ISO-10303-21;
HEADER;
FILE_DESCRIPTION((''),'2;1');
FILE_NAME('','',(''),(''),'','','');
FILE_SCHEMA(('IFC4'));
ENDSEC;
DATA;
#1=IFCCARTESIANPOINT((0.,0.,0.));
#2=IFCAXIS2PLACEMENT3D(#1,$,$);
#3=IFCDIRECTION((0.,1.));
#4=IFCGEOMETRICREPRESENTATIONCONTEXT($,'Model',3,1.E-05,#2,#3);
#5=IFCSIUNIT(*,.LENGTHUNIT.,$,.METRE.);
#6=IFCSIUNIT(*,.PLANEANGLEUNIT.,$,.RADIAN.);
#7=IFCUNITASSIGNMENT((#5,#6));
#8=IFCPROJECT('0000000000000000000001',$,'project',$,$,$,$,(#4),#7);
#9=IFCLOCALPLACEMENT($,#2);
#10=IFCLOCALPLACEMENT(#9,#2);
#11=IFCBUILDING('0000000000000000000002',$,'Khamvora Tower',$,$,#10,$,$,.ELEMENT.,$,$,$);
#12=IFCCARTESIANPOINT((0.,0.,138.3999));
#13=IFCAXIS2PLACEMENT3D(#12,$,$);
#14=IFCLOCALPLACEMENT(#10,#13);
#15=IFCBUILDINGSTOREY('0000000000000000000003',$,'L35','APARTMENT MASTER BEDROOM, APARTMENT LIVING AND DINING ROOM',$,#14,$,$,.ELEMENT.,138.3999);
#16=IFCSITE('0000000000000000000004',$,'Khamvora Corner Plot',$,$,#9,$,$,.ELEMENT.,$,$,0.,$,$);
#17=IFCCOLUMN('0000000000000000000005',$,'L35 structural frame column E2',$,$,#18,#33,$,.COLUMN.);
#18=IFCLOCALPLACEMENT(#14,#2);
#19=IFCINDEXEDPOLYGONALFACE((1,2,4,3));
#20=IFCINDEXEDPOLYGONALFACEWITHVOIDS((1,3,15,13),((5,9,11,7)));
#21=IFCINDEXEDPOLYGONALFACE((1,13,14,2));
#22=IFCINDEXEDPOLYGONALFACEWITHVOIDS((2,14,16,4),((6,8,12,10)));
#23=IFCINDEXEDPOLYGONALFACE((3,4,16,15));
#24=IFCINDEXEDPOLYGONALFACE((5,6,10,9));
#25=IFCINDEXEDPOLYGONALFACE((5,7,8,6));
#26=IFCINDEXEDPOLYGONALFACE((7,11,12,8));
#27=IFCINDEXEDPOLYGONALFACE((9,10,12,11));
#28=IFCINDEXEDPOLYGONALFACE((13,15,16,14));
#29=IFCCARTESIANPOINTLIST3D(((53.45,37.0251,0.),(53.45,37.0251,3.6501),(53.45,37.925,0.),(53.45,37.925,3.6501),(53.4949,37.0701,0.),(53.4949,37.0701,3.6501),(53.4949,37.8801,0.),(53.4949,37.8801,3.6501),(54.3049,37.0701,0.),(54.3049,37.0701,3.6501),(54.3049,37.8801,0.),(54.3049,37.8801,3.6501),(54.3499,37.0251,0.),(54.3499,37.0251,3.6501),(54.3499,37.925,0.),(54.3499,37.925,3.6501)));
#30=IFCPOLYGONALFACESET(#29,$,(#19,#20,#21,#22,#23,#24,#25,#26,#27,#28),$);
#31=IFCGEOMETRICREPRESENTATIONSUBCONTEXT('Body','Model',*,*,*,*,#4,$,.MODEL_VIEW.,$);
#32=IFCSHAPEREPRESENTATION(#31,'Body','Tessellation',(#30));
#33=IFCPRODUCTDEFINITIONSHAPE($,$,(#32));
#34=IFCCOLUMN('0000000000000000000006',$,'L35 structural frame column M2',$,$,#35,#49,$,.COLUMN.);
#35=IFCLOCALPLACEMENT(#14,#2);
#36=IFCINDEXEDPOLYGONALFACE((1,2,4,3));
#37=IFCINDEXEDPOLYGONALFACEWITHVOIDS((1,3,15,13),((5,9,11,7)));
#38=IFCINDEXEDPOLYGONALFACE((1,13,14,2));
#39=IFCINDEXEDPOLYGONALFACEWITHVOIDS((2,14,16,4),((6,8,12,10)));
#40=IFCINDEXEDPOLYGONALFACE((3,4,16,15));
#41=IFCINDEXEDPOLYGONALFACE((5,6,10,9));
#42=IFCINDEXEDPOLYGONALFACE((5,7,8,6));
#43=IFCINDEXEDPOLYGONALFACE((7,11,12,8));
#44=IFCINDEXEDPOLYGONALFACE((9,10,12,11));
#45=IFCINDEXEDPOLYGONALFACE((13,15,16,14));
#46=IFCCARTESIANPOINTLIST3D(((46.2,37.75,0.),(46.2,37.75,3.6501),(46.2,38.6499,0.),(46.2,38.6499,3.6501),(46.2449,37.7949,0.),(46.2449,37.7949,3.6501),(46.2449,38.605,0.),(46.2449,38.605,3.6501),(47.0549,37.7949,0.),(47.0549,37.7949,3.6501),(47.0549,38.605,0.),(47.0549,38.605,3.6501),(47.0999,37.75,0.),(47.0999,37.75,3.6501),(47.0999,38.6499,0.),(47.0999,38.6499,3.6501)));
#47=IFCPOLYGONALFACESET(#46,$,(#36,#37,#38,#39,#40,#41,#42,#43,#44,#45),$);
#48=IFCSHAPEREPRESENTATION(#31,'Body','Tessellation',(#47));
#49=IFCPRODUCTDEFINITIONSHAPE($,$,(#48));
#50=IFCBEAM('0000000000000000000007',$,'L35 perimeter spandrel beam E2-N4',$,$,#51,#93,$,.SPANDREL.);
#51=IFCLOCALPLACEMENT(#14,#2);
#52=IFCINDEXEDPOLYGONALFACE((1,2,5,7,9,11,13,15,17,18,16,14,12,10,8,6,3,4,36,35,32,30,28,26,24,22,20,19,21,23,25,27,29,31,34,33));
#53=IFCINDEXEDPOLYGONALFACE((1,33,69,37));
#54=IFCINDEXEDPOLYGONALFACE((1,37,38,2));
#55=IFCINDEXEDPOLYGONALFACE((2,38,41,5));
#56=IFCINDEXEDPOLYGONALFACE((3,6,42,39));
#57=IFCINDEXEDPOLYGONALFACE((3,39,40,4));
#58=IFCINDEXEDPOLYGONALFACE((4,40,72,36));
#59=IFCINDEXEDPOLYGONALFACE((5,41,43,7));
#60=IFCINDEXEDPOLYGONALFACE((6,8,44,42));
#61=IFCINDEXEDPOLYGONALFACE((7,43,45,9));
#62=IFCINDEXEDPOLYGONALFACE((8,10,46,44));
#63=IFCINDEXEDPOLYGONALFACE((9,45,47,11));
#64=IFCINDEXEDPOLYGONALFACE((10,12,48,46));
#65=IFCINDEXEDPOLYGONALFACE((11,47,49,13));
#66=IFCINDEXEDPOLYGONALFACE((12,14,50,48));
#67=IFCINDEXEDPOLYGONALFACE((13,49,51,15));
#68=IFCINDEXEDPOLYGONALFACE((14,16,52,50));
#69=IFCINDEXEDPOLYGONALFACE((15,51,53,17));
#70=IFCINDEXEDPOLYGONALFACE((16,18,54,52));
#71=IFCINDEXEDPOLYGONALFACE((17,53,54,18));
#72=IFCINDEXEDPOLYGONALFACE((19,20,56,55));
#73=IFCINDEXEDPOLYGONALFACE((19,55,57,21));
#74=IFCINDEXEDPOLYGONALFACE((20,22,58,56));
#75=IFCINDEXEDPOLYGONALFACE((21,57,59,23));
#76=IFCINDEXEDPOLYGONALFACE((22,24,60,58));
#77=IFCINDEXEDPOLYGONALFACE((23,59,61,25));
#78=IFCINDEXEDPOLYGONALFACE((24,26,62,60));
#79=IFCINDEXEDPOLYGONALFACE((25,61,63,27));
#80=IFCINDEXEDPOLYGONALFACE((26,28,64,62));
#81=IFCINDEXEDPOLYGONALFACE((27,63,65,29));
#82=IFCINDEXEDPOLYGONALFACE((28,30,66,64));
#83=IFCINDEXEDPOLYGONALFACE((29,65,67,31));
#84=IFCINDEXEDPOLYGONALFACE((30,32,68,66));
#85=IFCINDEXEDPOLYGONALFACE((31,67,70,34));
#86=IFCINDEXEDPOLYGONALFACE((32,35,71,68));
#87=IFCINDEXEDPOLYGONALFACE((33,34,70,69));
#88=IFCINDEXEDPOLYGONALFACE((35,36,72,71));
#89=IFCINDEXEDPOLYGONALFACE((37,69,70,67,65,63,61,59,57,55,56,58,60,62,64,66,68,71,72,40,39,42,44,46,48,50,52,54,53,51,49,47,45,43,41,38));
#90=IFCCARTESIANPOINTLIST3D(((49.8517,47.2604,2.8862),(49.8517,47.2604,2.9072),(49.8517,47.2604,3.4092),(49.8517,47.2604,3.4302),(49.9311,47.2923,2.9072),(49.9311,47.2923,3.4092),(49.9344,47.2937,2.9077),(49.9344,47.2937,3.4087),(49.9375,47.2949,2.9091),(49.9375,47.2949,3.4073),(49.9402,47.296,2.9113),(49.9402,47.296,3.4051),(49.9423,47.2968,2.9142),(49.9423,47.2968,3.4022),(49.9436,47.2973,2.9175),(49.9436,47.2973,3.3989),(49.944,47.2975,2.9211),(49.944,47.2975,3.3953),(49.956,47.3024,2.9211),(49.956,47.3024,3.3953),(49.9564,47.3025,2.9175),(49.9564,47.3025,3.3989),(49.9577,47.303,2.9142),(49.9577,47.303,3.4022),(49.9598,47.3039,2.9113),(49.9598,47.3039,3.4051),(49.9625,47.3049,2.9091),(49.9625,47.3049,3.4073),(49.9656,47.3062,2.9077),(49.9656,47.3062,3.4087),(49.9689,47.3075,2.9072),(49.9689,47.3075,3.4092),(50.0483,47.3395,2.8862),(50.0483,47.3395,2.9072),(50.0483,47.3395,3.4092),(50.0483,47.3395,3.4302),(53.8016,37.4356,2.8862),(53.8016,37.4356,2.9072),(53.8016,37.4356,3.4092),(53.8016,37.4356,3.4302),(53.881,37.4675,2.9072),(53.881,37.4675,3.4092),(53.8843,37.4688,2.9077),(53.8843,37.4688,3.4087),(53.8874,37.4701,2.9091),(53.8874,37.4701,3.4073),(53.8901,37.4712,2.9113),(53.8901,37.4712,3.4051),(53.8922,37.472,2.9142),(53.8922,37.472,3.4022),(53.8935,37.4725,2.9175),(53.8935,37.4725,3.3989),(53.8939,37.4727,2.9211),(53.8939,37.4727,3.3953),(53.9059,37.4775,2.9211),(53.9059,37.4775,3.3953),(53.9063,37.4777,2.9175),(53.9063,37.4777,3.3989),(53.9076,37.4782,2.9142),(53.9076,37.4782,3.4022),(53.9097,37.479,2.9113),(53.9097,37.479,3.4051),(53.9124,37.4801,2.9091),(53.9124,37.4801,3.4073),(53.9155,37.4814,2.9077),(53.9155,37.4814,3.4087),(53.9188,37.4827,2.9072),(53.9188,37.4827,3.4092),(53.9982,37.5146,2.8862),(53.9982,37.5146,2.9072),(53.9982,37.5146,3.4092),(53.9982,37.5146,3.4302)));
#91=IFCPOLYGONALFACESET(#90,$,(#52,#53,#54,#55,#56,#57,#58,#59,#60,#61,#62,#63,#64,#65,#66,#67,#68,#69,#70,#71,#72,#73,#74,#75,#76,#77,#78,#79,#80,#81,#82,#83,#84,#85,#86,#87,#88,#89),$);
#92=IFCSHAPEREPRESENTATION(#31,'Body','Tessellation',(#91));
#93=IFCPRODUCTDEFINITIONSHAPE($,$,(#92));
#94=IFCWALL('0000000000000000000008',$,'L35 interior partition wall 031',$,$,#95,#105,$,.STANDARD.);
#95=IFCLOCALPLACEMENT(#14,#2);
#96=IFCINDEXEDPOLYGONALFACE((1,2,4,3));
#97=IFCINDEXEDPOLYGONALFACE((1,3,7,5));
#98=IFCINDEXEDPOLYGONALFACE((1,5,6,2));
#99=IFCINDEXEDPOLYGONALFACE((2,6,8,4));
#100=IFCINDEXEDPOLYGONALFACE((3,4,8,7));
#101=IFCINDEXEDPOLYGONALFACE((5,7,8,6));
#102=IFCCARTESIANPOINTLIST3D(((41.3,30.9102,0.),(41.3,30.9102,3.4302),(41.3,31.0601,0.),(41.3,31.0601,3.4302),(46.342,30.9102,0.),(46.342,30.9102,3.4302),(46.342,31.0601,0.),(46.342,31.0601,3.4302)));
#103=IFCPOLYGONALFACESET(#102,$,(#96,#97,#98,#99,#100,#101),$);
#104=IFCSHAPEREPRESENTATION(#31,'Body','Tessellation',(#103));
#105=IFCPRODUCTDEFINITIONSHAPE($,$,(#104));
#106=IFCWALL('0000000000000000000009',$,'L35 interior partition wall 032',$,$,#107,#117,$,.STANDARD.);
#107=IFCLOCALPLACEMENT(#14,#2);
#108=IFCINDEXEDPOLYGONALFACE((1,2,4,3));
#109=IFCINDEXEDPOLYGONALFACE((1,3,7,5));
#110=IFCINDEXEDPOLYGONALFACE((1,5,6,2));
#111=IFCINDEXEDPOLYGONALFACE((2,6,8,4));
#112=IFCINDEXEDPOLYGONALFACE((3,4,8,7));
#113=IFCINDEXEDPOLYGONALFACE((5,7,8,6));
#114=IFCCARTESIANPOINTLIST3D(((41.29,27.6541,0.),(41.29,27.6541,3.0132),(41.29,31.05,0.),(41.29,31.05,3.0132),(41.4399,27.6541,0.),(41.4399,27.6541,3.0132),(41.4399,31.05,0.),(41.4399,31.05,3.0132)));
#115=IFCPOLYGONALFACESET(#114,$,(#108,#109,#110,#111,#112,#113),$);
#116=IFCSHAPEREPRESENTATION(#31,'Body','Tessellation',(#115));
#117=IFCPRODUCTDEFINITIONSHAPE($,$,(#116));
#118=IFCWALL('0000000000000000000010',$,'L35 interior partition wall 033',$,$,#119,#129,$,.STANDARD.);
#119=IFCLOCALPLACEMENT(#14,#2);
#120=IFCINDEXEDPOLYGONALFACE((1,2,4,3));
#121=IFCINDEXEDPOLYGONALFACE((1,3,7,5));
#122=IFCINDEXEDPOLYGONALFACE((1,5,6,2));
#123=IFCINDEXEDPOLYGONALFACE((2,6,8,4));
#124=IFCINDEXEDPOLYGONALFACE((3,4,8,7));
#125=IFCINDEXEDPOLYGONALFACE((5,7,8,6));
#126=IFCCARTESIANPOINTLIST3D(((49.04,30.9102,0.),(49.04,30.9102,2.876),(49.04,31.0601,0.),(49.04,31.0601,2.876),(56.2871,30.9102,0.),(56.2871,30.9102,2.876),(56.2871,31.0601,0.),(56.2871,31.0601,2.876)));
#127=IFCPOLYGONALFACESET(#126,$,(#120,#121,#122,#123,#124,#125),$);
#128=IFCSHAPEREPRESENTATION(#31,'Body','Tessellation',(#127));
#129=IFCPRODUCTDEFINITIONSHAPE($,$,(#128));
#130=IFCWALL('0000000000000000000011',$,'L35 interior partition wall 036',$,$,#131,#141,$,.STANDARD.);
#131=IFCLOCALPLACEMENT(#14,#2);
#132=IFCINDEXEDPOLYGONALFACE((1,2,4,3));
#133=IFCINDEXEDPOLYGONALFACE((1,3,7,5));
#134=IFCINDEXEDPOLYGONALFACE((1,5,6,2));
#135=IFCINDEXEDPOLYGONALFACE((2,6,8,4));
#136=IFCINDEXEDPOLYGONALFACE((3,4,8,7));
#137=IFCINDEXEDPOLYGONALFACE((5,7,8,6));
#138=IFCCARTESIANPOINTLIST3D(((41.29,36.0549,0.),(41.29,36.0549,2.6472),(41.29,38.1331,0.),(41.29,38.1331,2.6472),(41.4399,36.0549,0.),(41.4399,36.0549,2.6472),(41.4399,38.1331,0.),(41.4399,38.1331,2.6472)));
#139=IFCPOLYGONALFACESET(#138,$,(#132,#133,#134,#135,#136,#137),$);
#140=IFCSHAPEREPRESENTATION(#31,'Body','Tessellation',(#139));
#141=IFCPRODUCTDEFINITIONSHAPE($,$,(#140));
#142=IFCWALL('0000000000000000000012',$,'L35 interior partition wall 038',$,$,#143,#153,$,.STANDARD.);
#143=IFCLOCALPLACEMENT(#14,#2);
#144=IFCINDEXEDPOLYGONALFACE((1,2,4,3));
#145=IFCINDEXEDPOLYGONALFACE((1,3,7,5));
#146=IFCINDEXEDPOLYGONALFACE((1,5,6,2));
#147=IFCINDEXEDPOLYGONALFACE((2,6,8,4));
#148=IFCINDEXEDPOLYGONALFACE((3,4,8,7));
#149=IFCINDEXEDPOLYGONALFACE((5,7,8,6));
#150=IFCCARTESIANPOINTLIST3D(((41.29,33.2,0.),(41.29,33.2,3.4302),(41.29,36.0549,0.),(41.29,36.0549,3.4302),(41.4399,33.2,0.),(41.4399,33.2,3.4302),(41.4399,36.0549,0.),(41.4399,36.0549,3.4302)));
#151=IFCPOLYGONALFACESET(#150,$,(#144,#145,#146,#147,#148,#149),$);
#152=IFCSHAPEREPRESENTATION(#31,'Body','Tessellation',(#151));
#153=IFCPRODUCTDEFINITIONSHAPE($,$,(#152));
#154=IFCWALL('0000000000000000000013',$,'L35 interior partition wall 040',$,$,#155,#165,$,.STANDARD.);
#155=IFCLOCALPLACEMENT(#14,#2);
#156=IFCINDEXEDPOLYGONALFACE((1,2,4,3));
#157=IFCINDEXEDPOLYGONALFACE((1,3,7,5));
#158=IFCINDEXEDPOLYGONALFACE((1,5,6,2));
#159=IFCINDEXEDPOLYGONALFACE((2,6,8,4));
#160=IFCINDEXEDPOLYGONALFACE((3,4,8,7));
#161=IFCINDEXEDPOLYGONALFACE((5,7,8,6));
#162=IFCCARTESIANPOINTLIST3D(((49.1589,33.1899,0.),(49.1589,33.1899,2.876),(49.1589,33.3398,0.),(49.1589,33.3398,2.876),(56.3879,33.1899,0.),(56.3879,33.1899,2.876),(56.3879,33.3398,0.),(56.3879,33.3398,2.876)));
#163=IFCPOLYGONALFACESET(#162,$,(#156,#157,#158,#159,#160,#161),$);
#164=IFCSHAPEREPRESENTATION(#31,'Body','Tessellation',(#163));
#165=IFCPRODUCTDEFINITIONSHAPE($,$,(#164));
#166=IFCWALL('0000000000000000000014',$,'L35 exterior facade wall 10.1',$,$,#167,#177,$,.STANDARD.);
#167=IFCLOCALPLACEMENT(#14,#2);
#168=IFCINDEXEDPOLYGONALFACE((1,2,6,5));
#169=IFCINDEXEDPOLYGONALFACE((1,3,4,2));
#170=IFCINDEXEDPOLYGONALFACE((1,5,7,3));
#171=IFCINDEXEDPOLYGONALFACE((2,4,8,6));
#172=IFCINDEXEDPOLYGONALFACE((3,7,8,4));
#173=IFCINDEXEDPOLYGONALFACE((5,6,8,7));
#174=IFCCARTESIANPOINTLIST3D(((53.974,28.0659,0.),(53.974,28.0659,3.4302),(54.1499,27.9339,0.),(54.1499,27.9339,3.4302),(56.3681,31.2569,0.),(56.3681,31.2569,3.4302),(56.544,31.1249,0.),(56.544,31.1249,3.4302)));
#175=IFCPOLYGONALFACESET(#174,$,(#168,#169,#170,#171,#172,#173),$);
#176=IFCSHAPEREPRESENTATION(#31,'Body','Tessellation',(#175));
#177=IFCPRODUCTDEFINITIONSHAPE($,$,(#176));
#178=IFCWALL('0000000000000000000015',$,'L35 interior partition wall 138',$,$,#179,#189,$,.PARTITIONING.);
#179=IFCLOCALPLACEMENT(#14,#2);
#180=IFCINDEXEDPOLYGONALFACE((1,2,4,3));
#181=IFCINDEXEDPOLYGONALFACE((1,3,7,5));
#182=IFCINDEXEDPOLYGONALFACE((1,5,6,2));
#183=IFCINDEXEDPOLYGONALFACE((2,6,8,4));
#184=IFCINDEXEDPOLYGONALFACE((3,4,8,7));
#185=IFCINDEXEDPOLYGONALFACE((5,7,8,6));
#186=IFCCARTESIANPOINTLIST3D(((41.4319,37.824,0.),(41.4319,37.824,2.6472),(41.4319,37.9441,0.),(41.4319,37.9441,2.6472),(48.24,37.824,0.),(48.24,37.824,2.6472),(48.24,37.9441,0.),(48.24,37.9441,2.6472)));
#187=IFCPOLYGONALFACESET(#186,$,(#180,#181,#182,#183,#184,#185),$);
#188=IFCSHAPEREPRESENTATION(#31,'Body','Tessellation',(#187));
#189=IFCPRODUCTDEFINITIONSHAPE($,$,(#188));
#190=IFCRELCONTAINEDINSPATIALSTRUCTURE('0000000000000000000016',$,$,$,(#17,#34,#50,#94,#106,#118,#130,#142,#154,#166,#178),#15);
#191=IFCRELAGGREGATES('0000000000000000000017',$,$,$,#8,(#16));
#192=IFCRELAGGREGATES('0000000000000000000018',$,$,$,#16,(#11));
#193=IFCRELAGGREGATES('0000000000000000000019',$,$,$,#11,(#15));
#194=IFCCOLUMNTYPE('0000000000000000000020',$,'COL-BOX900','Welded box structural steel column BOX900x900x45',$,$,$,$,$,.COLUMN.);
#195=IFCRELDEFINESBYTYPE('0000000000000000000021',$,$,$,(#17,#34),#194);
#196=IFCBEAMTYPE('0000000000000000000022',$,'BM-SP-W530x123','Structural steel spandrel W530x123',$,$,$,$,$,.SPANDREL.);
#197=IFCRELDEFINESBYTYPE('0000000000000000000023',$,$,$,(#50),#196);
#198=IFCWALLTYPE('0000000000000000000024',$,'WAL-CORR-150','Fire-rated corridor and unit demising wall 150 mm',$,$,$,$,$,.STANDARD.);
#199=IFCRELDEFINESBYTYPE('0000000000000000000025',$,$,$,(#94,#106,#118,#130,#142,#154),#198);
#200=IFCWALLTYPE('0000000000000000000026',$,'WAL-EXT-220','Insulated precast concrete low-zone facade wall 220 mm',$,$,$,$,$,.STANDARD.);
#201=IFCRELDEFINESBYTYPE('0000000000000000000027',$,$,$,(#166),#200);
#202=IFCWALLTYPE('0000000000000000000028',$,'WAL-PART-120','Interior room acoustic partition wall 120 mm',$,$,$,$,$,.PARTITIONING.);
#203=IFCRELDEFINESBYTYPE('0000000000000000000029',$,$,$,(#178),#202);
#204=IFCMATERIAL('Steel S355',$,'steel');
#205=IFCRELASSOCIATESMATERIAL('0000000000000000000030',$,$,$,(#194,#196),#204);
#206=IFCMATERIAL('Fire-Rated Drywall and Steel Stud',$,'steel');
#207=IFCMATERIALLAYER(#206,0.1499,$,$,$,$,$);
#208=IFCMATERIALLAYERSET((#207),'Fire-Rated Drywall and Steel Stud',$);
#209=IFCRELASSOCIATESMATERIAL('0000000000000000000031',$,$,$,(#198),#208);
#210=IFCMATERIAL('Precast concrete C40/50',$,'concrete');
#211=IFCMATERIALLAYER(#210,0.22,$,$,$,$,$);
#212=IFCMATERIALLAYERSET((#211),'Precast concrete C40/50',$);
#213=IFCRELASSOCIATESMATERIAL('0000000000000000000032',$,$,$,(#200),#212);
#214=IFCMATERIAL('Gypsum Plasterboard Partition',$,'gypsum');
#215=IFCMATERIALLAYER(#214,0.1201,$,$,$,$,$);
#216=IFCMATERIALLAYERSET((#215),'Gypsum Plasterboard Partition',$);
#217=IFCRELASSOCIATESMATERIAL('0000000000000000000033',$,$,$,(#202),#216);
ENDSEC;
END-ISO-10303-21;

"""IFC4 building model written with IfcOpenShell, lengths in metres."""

from ifc_helpers import new_model, si_unit, direction, frame, frame_2d, origin, origin_2d, place, context, subcontext, project, spatial, rectangle, hollow_rectangle, i_section, extrude, material, layer, layer_set, material_profile, profile_set, type_object, element, save


model = new_model("IFC4")

# Units and contexts
model_context = context("Model", 3, precision=1e-05, world=origin(), true_north=direction((0.0, 1.0)))
body_context = subcontext(model_context, "Body", "Model", "MODEL_VIEW")
ifc_project = project(units=[si_unit("LENGTHUNIT", "METRE"), si_unit("PLANEANGLEUNIT", "RADIAN")], contexts=[model_context])

# Site, building, storey
site_placement = place(None, origin())
site = spatial("IfcSite", under=ifc_project, at=site_placement, Name="Khamvora Corner Plot", CompositionType="ELEMENT", RefElevation=0.0)
building_placement = place(site_placement, origin())
building = spatial("IfcBuilding", under=site, at=building_placement, Name="Khamvora Tower", CompositionType="ELEMENT")
storey_placement = place(building_placement, frame((0.0, 0.0, 138.3999)))
storey = spatial("IfcBuildingStorey", under=building, at=storey_placement, Name="L35", Description="APARTMENT MASTER BEDROOM, APARTMENT LIVING AND DINING ROOM", CompositionType="ELEMENT", Elevation=138.3999)

# Columns
ifc_material_1 = material(Name="Steel S355", Category="steel")
ifc_material_profile_1 = material_profile(ifc_material_1, hollow_rectangle(XDim=0.8999, YDim=0.8999, WallThickness=0.0449, at=origin_2d()), Name="BOX900x900x45")
ifc_profile_set_1 = profile_set([ifc_material_profile_1], Name="Steel S355")
column_type = type_object("IfcColumnType", Name="COL-BOX900", Description="Welded box structural steel column BOX900x900x45", PredefinedType="COLUMN", material=ifc_profile_set_1)
for number, where, z_axis, x_axis, name in (
    (1, (53.8999, 37.4751, 0.0), (0.0, 0.0, 1.0), (1.0, 0.0, 0.0), "L35 structural frame column E2"),
    (2, (46.6499, 38.2, 0.0), (0.0, 0.0, 1.0), (1.0, 0.0, 0.0), "L35 structural frame column M2"),
):
    element("IfcColumn", number, at=place(storey_placement, frame(where, z_axis=z_axis, x_axis=x_axis)), inside=storey, type_object=column_type, Name=name, PredefinedType="COLUMN", context=body_context, shape_type="SweptSolid", body=[
        extrude(hollow_rectangle(XDim=0.8999, YDim=0.8999, WallThickness=0.0449, at=origin_2d()), origin(), (0.0, 0.0, 1.0), 3.6501),
    ])

# Beam
ifc_material_profile_2 = material_profile(ifc_material_1, i_section(OverallWidth=0.2119, OverallDepth=0.5439, WebThickness=0.0129, FlangeThickness=0.021, FilletRadius=0.0139, at=origin_2d()), Name="W530x123")
ifc_profile_set_2 = profile_set([ifc_material_profile_2], Name="Steel S355")
beam_type = type_object("IfcBeamType", Name="BM-SP-W530x123", Description="Structural steel spandrel W530x123", PredefinedType="SPANDREL", material=ifc_profile_set_2)
beam_placement = place(storey_placement, frame((53.8999, 37.4751, 3.1582), z_axis=(-0.373016, 0.927825, 0.0), x_axis=(-0.927825, -0.373016, 0.0)))
element("IfcBeam", 3, at=beam_placement, inside=storey, type_object=beam_type, Name="L35 perimeter spandrel beam E2-N4", PredefinedType="SPANDREL", context=body_context, shape_type="SweptSolid", body=[
    extrude(i_section(OverallWidth=0.2119, OverallDepth=0.5439, WebThickness=0.0129, FlangeThickness=0.021, FilletRadius=0.0139, at=origin_2d()), origin(), (0.0, 0.0, 1.0), 10.5891),
])

# Shared definitions
ifc_material_2 = material(Name="Fire-Rated Drywall and Steel Stud", Category="steel")
ifc_layer_1 = layer(ifc_material_2, 0.1499)
ifc_layer_set_1 = layer_set([ifc_layer_1], Name="Fire-Rated Drywall and Steel Stud")
wall_type_1 = type_object("IfcWallType", Name="WAL-CORR-150", Description="Fire-rated corridor and unit demising wall 150 mm", PredefinedType="STANDARD", material=ifc_layer_set_1)

# Walls
wall_1_placement = place(storey_placement, frame((46.342, 30.9851, 0.0), z_axis=(0.0, 0.0, 1.0), x_axis=(-1.0, 0.0, 0.0)))
element("IfcWall", 4, at=wall_1_placement, inside=storey, type_object=wall_type_1, Name="L35 interior partition wall 031", PredefinedType="STANDARD", context=body_context, shape_type="SweptSolid", body=[
    extrude(rectangle(XDim=5.042, YDim=0.1499, at=frame_2d((2.521, 0.0))), origin(), (0.0, 0.0, 1.0), 3.4302),
])
wall_2_placement = place(storey_placement, frame((41.365, 31.05, 0.0), z_axis=(0.0, 0.0, 1.0), x_axis=(0.0, -1.0, 0.0)))
element("IfcWall", 5, at=wall_2_placement, inside=storey, type_object=wall_type_1, Name="L35 interior partition wall 032", PredefinedType="STANDARD", context=body_context, shape_type="SweptSolid", body=[
    extrude(rectangle(XDim=3.396, YDim=0.1499, at=frame_2d((1.698, 0.0))), origin(), (0.0, 0.0, 1.0), 3.0132),
])
wall_3_placement = place(storey_placement, frame((56.2871, 30.9851, 0.0), z_axis=(0.0, 0.0, 1.0), x_axis=(-1.0, 0.0, 0.0)))
element("IfcWall", 6, at=wall_3_placement, inside=storey, type_object=wall_type_1, Name="L35 interior partition wall 033", PredefinedType="STANDARD", context=body_context, shape_type="SweptSolid", body=[
    extrude(rectangle(XDim=7.2471, YDim=0.1499, at=frame_2d((3.6235, 0.0))), origin(), (0.0, 0.0, 1.0), 2.876),
])
wall_4_placement = place(storey_placement, frame((41.365, 38.1331, 0.0), z_axis=(0.0, 0.0, 1.0), x_axis=(0.0, -1.0, 0.0)))
element("IfcWall", 7, at=wall_4_placement, inside=storey, type_object=wall_type_1, Name="L35 interior partition wall 036", PredefinedType="STANDARD", context=body_context, shape_type="SweptSolid", body=[
    extrude(rectangle(XDim=2.0781, YDim=0.1499, at=frame_2d((1.0391, 0.0))), origin(), (0.0, 0.0, 1.0), 2.6472),
])

# Walls
wall_5_placement = place(storey_placement, frame((41.365, 36.0549, 0.0), z_axis=(0.0, 0.0, 1.0), x_axis=(0.0, -1.0, 0.0)))
element("IfcWall", 8, at=wall_5_placement, inside=storey, type_object=wall_type_1, Name="L35 interior partition wall 038", PredefinedType="STANDARD", context=body_context, shape_type="SweptSolid", body=[
    extrude(rectangle(XDim=2.855, YDim=0.1499, at=frame_2d((1.4275, 0.0))), origin(), (0.0, 0.0, 1.0), 3.4302),
])
wall_6_placement = place(storey_placement, frame((49.1589, 33.2649, 0.0), z_axis=(0.0, 0.0, 1.0), x_axis=(1.0, 0.0, 0.0)))
element("IfcWall", 9, at=wall_6_placement, inside=storey, type_object=wall_type_1, Name="L35 interior partition wall 040", PredefinedType="STANDARD", context=body_context, shape_type="SweptSolid", body=[
    extrude(rectangle(XDim=7.229, YDim=0.1499, at=frame_2d((3.6145, 0.0))), origin(), (0.0, 0.0, 1.0), 2.876),
])
ifc_material_3 = material(Name="Precast concrete C40/50", Category="concrete")
ifc_layer_2 = layer(ifc_material_3, 0.22)
ifc_layer_set_2 = layer_set([ifc_layer_2], Name="Precast concrete C40/50")
wall_type_2 = type_object("IfcWallType", Name="WAL-EXT-220", Description="Insulated precast concrete low-zone facade wall 220 mm", PredefinedType="STANDARD", material=ifc_layer_set_2)
wall_7_placement = place(storey_placement, frame((56.4561, 31.1909, 0.0), z_axis=(0.0, 0.0, 1.0), x_axis=(-0.600137, -0.799897, 0.0)))
element("IfcWall", 10, at=wall_7_placement, inside=storey, type_object=wall_type_2, Name="L35 exterior facade wall 10.1", PredefinedType="STANDARD", context=body_context, shape_type="SweptSolid", body=[
    extrude(rectangle(XDim=3.9893, YDim=0.22, at=frame_2d((1.9946, 0.0))), origin(), (0.0, 0.0, 1.0), 3.4302),
])
ifc_material_4 = material(Name="Gypsum Plasterboard Partition", Category="gypsum")
ifc_layer_3 = layer(ifc_material_4, 0.1201)
ifc_layer_set_3 = layer_set([ifc_layer_3], Name="Gypsum Plasterboard Partition")
wall_type_3 = type_object("IfcWallType", Name="WAL-PART-120", Description="Interior room acoustic partition wall 120 mm", PredefinedType="PARTITIONING", material=ifc_layer_set_3)
wall_8_placement = place(storey_placement, frame((41.4319, 37.884, 0.0), z_axis=(0.0, 0.0, 1.0), x_axis=(1.0, 0.0, 0.0)))
element("IfcWall", 11, at=wall_8_placement, inside=storey, type_object=wall_type_3, Name="L35 interior partition wall 138", PredefinedType="PARTITIONING", context=body_context, shape_type="SweptSolid", body=[
    extrude(rectangle(XDim=6.8081, YDim=0.1201, at=frame_2d((3.4041, 0.0))), origin(), (0.0, 0.0, 1.0), 2.6472),
])

save(model, "model.ifc")
